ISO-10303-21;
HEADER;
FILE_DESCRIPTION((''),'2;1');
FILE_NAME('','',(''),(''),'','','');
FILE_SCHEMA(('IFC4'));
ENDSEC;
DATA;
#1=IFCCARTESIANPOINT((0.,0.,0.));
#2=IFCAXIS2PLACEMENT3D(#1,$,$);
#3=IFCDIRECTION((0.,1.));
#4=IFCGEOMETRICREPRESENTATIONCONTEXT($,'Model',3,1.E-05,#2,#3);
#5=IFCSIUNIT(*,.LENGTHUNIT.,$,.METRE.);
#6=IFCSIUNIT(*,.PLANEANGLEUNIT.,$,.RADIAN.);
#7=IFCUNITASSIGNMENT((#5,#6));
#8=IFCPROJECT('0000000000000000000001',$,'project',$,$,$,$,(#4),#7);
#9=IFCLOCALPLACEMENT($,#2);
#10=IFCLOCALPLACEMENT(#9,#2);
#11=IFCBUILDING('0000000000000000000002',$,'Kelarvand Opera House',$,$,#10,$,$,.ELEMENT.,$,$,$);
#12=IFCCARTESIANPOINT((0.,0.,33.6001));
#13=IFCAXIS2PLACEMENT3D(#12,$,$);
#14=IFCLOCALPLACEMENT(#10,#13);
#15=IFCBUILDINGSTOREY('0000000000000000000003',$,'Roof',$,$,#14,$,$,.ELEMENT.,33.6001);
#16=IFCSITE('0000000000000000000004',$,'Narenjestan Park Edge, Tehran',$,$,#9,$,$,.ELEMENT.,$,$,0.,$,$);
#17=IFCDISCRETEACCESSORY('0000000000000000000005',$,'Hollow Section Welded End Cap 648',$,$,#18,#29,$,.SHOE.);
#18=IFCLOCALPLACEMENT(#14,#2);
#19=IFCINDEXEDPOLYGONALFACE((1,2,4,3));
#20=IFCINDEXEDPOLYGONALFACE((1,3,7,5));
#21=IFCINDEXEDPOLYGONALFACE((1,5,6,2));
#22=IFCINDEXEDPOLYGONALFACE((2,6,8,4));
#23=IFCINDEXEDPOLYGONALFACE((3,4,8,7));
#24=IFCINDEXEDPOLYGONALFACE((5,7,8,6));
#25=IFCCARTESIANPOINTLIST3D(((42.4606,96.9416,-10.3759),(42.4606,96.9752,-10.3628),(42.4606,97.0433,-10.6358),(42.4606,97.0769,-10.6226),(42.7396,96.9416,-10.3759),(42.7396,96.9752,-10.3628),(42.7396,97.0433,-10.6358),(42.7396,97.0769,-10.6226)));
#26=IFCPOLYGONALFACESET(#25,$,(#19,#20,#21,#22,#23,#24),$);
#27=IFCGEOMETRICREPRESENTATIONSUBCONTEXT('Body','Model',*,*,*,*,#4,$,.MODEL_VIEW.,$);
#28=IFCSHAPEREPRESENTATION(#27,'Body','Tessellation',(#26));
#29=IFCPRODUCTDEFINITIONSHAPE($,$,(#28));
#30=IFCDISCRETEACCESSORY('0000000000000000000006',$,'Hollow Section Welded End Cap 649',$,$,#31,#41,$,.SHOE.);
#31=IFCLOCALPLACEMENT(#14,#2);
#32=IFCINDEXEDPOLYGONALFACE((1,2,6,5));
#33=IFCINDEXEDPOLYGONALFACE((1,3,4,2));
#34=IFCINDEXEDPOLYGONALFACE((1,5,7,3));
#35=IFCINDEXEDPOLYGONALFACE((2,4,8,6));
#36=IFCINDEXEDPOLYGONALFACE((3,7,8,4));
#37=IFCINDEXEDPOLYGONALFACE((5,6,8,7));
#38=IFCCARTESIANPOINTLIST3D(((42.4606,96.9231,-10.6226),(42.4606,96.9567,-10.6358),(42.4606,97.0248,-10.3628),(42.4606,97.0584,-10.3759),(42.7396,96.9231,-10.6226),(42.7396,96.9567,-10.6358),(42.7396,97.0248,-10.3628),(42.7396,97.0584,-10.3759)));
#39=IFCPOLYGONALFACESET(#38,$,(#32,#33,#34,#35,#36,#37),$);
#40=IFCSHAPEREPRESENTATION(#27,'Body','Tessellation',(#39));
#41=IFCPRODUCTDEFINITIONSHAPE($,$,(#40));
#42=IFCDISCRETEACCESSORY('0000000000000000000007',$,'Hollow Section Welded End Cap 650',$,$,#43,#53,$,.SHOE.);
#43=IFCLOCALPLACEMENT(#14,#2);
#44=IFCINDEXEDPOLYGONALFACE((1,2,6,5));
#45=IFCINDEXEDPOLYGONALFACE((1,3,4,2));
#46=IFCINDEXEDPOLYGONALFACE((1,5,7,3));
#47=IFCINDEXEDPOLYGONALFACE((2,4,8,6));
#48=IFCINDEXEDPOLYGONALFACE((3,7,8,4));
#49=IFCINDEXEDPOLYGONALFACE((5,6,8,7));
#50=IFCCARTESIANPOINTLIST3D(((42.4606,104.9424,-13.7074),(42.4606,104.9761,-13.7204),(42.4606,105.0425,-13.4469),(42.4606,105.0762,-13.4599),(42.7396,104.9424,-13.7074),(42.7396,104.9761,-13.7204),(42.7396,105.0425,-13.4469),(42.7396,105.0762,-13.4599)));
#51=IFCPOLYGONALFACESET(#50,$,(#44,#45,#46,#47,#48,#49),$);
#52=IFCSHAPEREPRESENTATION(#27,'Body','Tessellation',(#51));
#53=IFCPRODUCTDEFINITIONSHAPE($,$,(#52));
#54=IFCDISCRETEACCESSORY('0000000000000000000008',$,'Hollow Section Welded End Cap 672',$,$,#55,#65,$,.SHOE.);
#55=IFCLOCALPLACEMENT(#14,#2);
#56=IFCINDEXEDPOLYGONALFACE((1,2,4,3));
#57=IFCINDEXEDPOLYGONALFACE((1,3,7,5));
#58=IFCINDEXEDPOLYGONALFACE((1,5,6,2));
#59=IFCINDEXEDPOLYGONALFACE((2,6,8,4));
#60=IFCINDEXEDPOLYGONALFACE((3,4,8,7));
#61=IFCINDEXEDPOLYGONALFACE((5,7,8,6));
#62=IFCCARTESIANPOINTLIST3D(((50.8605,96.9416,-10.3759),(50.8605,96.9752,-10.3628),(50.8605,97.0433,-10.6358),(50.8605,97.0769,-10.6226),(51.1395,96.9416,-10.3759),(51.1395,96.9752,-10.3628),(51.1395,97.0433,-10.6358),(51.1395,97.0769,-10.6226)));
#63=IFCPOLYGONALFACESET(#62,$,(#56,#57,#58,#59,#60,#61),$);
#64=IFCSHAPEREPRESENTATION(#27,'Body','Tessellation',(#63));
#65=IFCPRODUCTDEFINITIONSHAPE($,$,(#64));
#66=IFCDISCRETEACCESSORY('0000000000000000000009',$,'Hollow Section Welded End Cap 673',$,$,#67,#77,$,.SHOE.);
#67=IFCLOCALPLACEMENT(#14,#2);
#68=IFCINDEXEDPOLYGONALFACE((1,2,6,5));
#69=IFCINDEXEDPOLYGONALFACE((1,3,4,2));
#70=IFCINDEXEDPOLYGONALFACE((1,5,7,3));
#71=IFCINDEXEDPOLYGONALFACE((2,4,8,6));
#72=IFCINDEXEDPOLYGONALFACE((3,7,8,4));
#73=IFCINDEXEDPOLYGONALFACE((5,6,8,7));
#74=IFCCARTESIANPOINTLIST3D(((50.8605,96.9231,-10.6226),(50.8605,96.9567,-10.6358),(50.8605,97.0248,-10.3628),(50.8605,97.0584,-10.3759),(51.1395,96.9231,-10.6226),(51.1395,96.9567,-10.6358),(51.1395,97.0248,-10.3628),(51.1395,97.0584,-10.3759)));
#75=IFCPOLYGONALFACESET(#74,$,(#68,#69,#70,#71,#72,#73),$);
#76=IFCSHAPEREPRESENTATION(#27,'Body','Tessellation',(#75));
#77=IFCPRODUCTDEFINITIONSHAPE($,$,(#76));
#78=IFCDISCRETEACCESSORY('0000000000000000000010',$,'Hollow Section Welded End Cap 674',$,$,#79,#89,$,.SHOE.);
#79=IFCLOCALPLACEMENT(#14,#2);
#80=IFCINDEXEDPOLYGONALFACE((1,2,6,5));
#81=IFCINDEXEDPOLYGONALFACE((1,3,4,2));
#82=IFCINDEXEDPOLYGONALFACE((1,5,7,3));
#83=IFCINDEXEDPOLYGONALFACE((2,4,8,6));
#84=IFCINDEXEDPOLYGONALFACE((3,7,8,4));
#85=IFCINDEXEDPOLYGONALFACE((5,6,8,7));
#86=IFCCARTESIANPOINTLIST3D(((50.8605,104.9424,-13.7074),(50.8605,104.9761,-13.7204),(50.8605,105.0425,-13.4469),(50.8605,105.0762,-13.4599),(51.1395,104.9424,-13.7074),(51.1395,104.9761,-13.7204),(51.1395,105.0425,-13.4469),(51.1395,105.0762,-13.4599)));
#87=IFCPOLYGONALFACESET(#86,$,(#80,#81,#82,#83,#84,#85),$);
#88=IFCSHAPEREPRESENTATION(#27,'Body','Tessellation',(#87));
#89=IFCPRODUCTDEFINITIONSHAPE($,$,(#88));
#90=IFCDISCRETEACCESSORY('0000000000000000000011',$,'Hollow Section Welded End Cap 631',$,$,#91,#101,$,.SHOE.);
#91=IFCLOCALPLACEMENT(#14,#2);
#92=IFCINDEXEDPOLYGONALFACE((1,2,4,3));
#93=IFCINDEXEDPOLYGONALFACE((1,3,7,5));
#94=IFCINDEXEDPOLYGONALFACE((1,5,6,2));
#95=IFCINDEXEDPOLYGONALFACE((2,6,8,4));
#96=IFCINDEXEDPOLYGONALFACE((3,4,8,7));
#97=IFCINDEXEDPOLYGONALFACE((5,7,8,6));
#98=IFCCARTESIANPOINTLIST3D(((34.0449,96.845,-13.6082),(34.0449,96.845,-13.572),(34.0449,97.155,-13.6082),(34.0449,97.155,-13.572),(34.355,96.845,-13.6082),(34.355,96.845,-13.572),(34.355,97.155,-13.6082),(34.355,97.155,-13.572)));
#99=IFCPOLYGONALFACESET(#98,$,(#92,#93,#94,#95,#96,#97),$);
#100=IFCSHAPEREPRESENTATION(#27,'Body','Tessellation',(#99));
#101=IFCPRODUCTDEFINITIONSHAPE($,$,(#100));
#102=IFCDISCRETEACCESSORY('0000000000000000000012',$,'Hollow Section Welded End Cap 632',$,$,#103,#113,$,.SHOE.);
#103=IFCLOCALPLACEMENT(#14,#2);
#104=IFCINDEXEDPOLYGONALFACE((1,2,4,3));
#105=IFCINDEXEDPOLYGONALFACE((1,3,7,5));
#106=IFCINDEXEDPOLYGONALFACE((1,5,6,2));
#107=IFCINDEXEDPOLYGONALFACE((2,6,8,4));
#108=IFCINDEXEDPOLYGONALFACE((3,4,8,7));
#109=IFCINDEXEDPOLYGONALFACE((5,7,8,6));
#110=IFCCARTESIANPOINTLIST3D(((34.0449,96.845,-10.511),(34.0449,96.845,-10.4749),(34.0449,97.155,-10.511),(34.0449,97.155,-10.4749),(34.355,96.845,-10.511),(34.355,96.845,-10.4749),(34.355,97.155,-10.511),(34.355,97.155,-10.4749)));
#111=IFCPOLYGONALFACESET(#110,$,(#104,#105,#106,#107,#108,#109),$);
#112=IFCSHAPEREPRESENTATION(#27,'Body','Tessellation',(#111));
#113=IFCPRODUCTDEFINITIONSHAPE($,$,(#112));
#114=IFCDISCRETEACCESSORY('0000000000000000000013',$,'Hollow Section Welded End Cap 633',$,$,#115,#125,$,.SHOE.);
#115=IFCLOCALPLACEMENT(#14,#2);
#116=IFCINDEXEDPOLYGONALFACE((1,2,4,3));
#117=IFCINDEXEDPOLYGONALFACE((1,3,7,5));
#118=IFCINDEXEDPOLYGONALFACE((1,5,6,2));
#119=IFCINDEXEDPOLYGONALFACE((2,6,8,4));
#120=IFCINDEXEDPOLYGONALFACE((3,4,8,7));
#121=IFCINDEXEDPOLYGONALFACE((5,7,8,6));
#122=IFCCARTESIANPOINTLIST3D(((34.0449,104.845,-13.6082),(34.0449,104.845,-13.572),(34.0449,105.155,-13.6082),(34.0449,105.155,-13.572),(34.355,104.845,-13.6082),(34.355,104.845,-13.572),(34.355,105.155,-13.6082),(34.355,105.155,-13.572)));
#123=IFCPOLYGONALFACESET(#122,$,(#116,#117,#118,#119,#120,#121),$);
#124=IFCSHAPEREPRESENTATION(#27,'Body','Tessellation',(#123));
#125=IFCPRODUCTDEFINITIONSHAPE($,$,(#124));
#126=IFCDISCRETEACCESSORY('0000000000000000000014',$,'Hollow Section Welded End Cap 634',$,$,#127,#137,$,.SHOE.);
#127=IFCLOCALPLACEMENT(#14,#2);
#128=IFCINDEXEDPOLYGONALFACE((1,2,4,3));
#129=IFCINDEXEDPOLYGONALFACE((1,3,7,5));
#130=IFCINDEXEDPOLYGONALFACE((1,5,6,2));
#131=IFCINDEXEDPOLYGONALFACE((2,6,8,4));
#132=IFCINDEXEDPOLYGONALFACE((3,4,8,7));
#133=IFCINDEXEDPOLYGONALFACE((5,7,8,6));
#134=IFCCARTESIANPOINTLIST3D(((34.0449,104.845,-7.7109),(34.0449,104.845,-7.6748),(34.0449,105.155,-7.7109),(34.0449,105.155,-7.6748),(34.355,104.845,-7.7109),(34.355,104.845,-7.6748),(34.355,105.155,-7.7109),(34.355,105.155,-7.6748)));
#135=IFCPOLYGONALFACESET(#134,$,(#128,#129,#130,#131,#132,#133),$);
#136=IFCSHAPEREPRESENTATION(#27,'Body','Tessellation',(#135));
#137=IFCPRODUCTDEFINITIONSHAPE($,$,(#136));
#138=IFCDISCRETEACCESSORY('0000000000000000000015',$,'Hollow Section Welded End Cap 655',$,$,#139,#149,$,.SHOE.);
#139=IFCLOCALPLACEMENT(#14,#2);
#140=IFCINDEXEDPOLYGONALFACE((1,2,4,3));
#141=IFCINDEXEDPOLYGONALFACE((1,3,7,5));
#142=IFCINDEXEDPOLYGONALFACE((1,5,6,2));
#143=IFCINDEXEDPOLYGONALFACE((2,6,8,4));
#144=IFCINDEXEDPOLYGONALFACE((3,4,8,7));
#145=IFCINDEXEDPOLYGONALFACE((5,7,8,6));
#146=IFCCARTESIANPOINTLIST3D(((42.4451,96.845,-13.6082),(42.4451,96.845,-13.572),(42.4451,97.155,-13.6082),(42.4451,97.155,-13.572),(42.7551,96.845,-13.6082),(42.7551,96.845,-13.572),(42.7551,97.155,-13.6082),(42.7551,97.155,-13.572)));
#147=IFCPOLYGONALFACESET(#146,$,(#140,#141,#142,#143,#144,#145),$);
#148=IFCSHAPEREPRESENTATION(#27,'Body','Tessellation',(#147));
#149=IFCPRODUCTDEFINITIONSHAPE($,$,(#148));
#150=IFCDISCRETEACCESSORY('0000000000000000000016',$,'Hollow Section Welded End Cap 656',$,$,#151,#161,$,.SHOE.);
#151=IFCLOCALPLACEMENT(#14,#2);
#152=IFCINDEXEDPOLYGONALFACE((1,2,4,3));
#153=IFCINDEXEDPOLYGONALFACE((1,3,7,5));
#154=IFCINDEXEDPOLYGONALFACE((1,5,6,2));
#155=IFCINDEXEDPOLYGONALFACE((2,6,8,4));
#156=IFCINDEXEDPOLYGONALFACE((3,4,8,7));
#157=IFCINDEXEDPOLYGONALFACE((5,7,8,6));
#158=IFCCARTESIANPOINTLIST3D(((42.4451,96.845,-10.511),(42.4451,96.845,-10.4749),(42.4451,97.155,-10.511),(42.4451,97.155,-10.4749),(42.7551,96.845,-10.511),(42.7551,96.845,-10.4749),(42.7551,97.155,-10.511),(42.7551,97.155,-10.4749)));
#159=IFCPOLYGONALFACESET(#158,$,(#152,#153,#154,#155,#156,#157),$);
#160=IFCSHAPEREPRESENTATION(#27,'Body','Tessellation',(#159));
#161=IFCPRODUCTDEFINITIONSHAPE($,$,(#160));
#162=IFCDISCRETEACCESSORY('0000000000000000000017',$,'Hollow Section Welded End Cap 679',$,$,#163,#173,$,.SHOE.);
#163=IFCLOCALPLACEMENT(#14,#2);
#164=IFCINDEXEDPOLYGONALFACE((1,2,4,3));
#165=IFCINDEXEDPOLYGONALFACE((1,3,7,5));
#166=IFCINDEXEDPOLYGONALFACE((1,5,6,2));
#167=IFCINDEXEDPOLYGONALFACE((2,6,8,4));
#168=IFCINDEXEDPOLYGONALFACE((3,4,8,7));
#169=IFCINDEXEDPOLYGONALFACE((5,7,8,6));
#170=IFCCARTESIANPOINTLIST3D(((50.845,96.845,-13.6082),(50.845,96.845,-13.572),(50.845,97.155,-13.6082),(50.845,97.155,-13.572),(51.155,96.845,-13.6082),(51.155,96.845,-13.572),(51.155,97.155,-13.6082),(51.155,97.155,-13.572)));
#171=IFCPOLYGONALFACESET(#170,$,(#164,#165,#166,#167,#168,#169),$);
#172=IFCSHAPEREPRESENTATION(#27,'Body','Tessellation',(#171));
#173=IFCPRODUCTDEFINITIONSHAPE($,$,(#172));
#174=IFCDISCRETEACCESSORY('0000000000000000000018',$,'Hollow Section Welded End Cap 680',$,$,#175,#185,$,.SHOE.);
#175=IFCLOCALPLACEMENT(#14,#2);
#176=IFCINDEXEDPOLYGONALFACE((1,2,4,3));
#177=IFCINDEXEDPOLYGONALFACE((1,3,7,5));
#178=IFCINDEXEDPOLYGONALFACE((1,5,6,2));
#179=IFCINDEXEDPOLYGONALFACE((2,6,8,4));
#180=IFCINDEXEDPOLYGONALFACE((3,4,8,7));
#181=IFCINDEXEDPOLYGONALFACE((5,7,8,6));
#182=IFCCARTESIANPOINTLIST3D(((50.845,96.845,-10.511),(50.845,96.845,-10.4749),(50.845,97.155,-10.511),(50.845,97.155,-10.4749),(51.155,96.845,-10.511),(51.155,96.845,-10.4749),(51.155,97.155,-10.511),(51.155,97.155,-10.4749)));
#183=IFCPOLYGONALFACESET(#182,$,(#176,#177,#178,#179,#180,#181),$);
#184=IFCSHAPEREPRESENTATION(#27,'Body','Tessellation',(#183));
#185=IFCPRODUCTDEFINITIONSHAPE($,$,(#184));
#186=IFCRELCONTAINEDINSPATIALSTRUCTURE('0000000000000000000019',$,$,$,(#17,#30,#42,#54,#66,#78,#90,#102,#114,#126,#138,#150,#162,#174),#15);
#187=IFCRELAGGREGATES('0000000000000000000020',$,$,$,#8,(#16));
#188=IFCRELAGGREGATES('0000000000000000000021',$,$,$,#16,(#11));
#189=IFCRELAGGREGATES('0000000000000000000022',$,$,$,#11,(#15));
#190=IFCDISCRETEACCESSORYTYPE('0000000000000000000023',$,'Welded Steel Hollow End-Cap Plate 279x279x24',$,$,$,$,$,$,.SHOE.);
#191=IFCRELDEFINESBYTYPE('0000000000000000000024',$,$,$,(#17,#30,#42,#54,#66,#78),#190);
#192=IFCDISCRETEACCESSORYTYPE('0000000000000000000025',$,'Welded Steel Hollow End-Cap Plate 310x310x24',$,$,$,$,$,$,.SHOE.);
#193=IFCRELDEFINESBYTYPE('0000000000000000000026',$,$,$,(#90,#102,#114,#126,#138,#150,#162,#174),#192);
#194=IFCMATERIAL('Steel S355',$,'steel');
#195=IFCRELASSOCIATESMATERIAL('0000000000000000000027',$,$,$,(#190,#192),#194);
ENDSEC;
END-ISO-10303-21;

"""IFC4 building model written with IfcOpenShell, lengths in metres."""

from ifc_helpers import new_model, si_unit, direction, frame, origin, origin_2d, place, context, subcontext, project, spatial, rectangle, extrude, material, material_profile, profile_set, type_object, element, save


model = new_model("IFC4")

# Units and contexts
model_context = context("Model", 3, precision=1e-05, world=origin(), true_north=direction((0.0, 1.0)))
body_context = subcontext(model_context, "Body", "Model", "MODEL_VIEW")
ifc_project = project(units=[si_unit("LENGTHUNIT", "METRE"), si_unit("PLANEANGLEUNIT", "RADIAN")], contexts=[model_context])

# Site, building, storey
site_placement = place(None, origin())
site = spatial("IfcSite", under=ifc_project, at=site_placement, Name="Narenjestan Park Edge, Tehran", CompositionType="ELEMENT", RefElevation=0.0)
building_placement = place(site_placement, origin())
building = spatial("IfcBuilding", under=site, at=building_placement, Name="Kelarvand Opera House", CompositionType="ELEMENT")
storey_placement = place(building_placement, frame((0.0, 0.0, 33.6001)))
storey = spatial("IfcBuildingStorey", under=building, at=storey_placement, Name="Roof", CompositionType="ELEMENT", Elevation=33.6001)

# Shared definitions
ifc_material = material(Name="Steel S355", Category="steel")

# Discrete accessories
ifc_material_profile_1 = material_profile(ifc_material, rectangle(XDim=0.2791, YDim=0.2791, at=origin_2d()), Name="Welded Steel Hollow End-Cap Plate 279x279x24", Category="steel")
ifc_profile_set_1 = profile_set([ifc_material_profile_1], Name="Steel S355")
discrete_accessory_type_1 = type_object("IfcDiscreteAccessoryType", Name="Welded Steel Hollow End-Cap Plate 279x279x24", PredefinedType="SHOE", material=ifc_profile_set_1)
for number, where, z_axis, x_axis, name in (
    (1, (42.6001, 96.9924, -10.5059), (0.0, 0.931243, 0.364399), (-1.0, 0.0, 0.0), "Hollow Section Welded End Cap 648"),
    (2, (42.6001, 97.0076, -10.5059), (0.0, -0.931243, 0.364399), (1.0, 0.0, 0.0), "Hollow Section Welded End Cap 649"),
    (3, (42.6001, 104.9924, -13.5771), (0.0, 0.93352, -0.358526), (-1.0, 0.0, 0.0), "Hollow Section Welded End Cap 650"),
    (4, (51.0, 96.9924, -10.5059), (0.0, 0.931243, 0.364399), (-1.0, 0.0, 0.0), "Hollow Section Welded End Cap 672"),
    (5, (51.0, 97.0076, -10.5059), (0.0, -0.931243, 0.364399), (1.0, 0.0, 0.0), "Hollow Section Welded End Cap 673"),
    (6, (51.0, 104.9924, -13.5771), (0.0, 0.93352, -0.358526), (-1.0, 0.0, 0.0), "Hollow Section Welded End Cap 674"),
):
    element("IfcDiscreteAccessory", number, at=place(storey_placement, frame(where, z_axis=z_axis, x_axis=x_axis)), inside=storey, type_object=discrete_accessory_type_1, Name=name, PredefinedType="SHOE", context=body_context, shape_type="SweptSolid", body=[
        extrude(rectangle(XDim=0.2791, YDim=0.2791, at=origin_2d()), origin(), (0.0, 0.0, 1.0), 0.0361),
    ])
ifc_material_profile_2 = material_profile(ifc_material, rectangle(XDim=0.3101, YDim=0.3101, at=origin_2d()), Name="Welded Steel Hollow End-Cap Plate 310x310x24", Category="steel")
ifc_profile_set_2 = profile_set([ifc_material_profile_2], Name="Steel S355")
discrete_accessory_type_2 = type_object("IfcDiscreteAccessoryType", Name="Welded Steel Hollow End-Cap Plate 310x310x24", PredefinedType="SHOE", material=ifc_profile_set_2)
for number, where, z_axis, x_axis, name in (
    (7, (34.2, 97.0, -13.572), (0.0, 0.0, -1.0), (1.0, 0.0, 0.0), "Hollow Section Welded End Cap 631"),
    (8, (34.2, 97.0, -10.511), (0.0, 0.0, 1.0), (1.0, 0.0, 0.0), "Hollow Section Welded End Cap 632"),
    (9, (34.2, 105.0, -13.572), (0.0, 0.0, -1.0), (1.0, 0.0, 0.0), "Hollow Section Welded End Cap 633"),
    (10, (34.2, 105.0, -7.7109), (0.0, 0.0, 1.0), (1.0, 0.0, 0.0), "Hollow Section Welded End Cap 634"),
    (11, (42.6001, 97.0, -13.572), (0.0, 0.0, -1.0), (1.0, 0.0, 0.0), "Hollow Section Welded End Cap 655"),
    (12, (42.6001, 97.0, -10.511), (0.0, 0.0, 1.0), (1.0, 0.0, 0.0), "Hollow Section Welded End Cap 656"),
    (13, (51.0, 97.0, -13.572), (0.0, 0.0, -1.0), (1.0, 0.0, 0.0), "Hollow Section Welded End Cap 679"),
    (14, (51.0, 97.0, -10.511), (0.0, 0.0, 1.0), (1.0, 0.0, 0.0), "Hollow Section Welded End Cap 680"),
):
    element("IfcDiscreteAccessory", number, at=place(storey_placement, frame(where, z_axis=z_axis, x_axis=x_axis)), inside=storey, type_object=discrete_accessory_type_2, Name=name, PredefinedType="SHOE", context=body_context, shape_type="SweptSolid", body=[
        extrude(rectangle(XDim=0.3101, YDim=0.3101, at=origin_2d()), origin(), (0.0, 0.0, 1.0), 0.0361),
    ])

save(model, "model.ifc")
